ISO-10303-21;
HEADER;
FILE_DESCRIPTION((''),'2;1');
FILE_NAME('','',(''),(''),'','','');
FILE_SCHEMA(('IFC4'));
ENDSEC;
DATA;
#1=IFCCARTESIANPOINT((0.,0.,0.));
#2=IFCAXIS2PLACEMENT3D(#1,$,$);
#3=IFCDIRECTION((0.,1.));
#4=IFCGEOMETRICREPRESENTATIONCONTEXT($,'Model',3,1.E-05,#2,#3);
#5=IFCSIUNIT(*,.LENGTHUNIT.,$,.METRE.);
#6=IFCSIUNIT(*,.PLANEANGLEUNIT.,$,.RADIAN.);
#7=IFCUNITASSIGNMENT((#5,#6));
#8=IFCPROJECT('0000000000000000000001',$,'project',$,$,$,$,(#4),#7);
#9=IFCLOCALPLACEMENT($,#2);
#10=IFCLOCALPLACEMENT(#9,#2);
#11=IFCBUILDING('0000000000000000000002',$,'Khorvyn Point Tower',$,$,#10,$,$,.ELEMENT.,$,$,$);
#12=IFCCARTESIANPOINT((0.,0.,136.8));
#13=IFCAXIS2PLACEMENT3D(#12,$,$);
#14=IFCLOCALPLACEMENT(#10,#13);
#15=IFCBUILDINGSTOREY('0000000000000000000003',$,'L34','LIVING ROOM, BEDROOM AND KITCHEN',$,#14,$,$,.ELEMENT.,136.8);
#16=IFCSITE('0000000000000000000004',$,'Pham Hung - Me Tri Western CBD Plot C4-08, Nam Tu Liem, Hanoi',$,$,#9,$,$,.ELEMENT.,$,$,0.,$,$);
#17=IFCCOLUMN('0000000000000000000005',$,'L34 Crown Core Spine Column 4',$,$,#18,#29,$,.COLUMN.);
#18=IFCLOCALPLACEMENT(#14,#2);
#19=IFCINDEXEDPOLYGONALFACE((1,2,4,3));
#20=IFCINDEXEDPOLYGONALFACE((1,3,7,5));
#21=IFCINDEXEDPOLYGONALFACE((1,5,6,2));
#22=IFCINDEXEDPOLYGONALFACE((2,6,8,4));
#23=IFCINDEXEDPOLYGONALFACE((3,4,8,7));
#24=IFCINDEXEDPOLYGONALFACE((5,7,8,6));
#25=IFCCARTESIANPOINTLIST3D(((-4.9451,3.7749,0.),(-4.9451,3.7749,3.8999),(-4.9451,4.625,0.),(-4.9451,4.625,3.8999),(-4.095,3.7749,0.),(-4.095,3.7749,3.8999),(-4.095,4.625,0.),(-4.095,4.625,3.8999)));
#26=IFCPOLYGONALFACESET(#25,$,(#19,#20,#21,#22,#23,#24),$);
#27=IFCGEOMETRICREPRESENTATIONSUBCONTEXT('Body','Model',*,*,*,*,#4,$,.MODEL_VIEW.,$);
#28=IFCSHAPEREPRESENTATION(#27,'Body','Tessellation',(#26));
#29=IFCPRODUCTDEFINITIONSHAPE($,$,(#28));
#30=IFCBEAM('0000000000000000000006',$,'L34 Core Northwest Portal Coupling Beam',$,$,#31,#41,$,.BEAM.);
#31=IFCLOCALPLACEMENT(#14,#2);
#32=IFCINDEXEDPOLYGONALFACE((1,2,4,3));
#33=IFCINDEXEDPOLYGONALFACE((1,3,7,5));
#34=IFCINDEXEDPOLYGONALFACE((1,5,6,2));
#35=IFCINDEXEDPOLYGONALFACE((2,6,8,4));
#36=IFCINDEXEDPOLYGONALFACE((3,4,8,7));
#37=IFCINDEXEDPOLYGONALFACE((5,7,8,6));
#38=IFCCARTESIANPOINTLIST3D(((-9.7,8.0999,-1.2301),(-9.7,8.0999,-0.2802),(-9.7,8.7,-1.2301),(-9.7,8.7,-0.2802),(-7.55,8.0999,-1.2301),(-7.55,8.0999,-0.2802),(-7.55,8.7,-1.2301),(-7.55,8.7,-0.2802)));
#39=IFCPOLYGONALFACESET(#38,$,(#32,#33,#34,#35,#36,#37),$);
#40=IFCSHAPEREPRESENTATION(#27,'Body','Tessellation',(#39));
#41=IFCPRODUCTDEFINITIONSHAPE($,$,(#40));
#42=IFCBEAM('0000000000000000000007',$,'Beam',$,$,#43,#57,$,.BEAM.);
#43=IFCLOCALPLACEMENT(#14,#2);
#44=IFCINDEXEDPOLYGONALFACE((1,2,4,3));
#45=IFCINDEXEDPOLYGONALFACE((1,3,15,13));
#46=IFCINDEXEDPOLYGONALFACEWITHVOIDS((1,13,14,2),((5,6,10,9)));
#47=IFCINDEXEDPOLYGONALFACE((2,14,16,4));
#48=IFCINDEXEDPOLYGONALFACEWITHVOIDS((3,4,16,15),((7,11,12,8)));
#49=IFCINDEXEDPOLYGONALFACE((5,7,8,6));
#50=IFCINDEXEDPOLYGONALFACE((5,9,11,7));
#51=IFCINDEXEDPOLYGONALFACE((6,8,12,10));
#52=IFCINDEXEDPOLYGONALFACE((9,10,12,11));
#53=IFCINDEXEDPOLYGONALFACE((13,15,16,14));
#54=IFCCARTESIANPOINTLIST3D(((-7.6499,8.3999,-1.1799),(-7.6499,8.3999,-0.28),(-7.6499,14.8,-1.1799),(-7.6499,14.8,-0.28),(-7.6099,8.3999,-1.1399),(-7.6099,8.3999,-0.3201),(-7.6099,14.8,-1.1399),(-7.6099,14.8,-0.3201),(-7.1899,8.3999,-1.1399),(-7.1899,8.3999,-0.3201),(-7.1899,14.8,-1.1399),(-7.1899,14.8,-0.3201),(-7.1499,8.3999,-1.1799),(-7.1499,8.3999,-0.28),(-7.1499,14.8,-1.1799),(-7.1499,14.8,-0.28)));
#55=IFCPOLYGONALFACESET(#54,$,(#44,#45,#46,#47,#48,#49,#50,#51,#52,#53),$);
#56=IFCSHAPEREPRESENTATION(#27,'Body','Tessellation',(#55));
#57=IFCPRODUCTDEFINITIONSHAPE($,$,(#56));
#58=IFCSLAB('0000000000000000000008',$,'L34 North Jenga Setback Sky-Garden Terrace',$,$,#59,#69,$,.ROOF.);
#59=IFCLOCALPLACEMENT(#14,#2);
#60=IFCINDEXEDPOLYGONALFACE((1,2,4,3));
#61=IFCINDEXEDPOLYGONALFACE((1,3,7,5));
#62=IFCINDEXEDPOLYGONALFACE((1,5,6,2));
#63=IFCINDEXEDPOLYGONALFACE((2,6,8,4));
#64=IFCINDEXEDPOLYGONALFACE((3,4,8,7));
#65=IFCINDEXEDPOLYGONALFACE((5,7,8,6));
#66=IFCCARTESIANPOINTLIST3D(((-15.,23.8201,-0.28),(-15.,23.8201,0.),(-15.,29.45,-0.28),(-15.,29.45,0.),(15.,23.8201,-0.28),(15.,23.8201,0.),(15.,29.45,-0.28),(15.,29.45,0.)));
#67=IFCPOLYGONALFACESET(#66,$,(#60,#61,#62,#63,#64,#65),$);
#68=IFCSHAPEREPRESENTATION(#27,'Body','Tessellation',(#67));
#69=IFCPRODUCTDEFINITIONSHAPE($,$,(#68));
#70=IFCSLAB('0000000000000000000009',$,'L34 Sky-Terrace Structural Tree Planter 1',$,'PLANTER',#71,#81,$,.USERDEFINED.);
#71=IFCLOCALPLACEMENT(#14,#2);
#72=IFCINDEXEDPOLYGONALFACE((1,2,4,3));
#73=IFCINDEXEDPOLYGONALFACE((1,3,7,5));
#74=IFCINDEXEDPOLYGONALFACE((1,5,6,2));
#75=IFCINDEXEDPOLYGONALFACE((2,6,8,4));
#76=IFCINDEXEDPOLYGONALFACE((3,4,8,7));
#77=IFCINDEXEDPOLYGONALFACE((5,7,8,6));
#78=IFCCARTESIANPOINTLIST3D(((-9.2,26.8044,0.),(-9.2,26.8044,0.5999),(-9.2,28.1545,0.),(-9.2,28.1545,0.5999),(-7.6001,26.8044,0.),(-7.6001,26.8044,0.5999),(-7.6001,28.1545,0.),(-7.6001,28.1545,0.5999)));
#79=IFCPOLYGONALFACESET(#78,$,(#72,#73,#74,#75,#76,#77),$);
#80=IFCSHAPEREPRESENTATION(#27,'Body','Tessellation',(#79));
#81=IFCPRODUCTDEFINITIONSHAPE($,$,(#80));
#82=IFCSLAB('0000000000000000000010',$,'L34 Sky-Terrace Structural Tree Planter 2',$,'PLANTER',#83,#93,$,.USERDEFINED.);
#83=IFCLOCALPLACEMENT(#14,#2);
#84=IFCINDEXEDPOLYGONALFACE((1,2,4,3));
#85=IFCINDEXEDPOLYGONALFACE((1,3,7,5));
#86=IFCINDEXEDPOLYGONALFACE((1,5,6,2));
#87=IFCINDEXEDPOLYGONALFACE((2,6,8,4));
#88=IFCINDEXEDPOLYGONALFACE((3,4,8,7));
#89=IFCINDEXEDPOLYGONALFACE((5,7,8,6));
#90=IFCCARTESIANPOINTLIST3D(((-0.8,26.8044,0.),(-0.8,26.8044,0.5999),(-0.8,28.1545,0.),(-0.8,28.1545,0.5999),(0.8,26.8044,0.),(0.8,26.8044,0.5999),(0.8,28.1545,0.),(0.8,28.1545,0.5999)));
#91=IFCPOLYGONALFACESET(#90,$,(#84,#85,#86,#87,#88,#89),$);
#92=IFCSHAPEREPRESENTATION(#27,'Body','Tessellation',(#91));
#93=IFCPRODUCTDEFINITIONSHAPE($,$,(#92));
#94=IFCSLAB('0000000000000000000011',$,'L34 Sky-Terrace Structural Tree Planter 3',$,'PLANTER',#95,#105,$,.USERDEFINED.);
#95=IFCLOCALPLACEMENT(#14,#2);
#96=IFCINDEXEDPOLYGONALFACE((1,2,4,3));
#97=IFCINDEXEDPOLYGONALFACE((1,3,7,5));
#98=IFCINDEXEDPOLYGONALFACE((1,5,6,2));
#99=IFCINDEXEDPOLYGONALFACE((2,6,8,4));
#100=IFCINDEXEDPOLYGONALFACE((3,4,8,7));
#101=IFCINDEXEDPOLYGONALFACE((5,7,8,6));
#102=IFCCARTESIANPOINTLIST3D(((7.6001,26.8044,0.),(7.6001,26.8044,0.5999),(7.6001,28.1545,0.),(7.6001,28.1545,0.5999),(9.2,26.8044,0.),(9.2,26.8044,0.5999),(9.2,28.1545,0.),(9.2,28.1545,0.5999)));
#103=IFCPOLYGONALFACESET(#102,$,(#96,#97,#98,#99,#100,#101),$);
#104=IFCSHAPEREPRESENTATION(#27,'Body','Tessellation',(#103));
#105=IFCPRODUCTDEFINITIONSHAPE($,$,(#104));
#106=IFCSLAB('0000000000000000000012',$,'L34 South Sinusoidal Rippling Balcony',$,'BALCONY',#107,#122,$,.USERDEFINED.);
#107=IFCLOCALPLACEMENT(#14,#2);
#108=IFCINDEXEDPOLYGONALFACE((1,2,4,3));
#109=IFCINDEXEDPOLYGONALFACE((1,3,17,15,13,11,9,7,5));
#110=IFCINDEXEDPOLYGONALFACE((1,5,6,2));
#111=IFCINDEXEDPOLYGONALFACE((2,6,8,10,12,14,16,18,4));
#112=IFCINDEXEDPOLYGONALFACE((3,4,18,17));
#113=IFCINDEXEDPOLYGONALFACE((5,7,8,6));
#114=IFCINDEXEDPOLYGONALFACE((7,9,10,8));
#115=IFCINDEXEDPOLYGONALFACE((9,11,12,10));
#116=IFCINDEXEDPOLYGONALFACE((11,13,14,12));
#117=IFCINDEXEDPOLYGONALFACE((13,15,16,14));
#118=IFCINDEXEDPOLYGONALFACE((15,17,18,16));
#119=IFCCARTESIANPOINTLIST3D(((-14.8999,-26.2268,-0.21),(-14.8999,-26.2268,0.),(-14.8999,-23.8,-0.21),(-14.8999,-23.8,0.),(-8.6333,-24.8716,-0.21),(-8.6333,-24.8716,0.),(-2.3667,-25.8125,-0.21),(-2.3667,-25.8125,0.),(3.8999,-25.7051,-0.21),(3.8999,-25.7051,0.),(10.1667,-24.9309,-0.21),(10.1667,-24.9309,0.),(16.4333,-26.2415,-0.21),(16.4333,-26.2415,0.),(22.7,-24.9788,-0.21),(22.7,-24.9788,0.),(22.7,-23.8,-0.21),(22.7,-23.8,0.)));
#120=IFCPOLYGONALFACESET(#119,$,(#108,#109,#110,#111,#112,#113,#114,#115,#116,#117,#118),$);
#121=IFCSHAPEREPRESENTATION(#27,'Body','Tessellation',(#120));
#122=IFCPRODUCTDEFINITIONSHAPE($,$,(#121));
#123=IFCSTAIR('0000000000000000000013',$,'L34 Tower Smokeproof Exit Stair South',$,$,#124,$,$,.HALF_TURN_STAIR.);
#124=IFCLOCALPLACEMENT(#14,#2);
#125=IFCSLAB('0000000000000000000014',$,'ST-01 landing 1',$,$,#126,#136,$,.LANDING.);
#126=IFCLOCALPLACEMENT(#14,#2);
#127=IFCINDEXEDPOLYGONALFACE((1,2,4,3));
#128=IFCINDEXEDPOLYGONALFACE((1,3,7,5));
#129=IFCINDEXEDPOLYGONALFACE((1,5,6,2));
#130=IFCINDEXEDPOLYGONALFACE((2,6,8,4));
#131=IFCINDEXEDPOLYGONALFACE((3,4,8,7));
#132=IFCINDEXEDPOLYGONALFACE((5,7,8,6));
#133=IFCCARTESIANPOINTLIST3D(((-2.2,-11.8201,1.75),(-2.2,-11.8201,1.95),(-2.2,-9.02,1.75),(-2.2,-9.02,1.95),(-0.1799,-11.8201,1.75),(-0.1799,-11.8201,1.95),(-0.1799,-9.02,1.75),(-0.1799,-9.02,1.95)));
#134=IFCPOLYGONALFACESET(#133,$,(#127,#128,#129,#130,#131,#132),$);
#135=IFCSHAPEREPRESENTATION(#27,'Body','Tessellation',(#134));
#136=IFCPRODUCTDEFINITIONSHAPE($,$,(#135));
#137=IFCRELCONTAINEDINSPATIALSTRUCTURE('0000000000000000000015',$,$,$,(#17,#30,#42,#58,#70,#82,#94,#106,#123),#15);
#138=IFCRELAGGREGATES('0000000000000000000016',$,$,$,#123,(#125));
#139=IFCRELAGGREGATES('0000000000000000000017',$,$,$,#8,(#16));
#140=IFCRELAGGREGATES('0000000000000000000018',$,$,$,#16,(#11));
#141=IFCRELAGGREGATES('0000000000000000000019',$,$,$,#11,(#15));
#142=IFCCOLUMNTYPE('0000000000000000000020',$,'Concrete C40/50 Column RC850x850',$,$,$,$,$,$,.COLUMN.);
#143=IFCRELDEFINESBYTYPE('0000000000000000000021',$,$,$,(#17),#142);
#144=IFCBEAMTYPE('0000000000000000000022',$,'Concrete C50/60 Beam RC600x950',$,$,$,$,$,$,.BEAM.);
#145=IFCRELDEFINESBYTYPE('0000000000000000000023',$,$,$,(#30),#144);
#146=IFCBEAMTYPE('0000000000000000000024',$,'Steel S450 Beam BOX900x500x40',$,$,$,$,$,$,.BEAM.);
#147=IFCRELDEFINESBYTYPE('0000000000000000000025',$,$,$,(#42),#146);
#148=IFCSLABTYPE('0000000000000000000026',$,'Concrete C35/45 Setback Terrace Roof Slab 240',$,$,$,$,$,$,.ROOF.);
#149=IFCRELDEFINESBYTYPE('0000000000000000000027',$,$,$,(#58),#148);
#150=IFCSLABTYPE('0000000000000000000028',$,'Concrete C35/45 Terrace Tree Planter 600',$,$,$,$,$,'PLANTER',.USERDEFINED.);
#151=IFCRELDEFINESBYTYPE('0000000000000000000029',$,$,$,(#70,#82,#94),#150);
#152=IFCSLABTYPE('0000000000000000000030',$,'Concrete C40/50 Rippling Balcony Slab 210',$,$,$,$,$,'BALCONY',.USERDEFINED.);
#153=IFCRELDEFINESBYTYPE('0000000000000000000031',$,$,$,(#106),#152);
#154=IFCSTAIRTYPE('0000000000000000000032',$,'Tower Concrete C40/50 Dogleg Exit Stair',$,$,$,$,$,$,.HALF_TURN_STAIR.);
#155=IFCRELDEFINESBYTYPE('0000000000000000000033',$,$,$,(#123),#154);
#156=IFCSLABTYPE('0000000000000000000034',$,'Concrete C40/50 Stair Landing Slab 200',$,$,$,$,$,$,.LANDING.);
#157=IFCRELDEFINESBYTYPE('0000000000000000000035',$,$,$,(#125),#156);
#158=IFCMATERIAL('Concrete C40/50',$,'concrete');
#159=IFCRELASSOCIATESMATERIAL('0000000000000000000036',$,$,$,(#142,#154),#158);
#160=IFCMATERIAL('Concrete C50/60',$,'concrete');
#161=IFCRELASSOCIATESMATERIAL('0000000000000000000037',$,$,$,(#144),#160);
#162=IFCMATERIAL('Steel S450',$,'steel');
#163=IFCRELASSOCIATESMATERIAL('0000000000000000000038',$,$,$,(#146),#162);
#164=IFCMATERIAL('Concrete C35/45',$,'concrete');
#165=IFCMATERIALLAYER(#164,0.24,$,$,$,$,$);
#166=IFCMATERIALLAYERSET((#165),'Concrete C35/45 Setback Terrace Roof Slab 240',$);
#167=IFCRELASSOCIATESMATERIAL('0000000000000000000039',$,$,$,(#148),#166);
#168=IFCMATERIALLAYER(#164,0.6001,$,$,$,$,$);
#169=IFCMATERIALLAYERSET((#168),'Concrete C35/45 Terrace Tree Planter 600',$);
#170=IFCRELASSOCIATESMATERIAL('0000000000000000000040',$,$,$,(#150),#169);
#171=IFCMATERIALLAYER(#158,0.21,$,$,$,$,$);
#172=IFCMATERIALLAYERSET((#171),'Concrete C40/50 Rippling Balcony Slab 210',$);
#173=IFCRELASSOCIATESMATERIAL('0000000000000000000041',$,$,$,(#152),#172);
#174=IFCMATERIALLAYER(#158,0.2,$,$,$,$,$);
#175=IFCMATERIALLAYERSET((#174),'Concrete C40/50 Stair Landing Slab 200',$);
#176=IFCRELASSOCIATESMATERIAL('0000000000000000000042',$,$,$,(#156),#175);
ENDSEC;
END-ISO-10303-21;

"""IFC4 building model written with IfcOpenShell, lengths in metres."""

from ifc_helpers import new_model, si_unit, direction, frame, origin, origin_2d, place, context, subcontext, project, spatial, polyline, rectangle, hollow_rectangle, outline, extrude, material, layer, layer_set, material_profile, profile_set, type_object, element, aggregate, save


model = new_model("IFC4")

# Units and contexts
model_context = context("Model", 3, precision=1e-05, world=origin(), true_north=direction((0.0, 1.0)))
body_context = subcontext(model_context, "Body", "Model", "MODEL_VIEW")
ifc_project = project(units=[si_unit("LENGTHUNIT", "METRE"), si_unit("PLANEANGLEUNIT", "RADIAN")], contexts=[model_context])

# Site, building, storey
site_placement = place(None, origin())
site = spatial("IfcSite", under=ifc_project, at=site_placement, Name="Pham Hung - Me Tri Western CBD Plot C4-08, Nam Tu Liem, Hanoi", CompositionType="ELEMENT", RefElevation=0.0)
building_placement = place(site_placement, origin())
building = spatial("IfcBuilding", under=site, at=building_placement, Name="Khorvyn Point Tower", CompositionType="ELEMENT")
storey_placement = place(building_placement, frame((0.0, 0.0, 136.8)))
storey = spatial("IfcBuildingStorey", under=building, at=storey_placement, Name="L34", Description="LIVING ROOM, BEDROOM AND KITCHEN", CompositionType="ELEMENT", Elevation=136.8)

# Column
ifc_material_1 = material(Name="Concrete C40/50", Category="concrete")
ifc_material_profile_1 = material_profile(ifc_material_1, rectangle(XDim=0.8501, YDim=0.8501, at=origin_2d()))
ifc_profile_set_1 = profile_set([ifc_material_profile_1], Name="Concrete C40/50 RC850x850")
column_type = type_object("IfcColumnType", Name="Concrete C40/50 Column RC850x850", PredefinedType="COLUMN", material=ifc_profile_set_1)
column_placement = place(storey_placement, frame((-4.52, 4.2, 0.0), z_axis=(0.0, 0.0, 1.0), x_axis=(1.0, 0.0, 0.0)))
element("IfcColumn", 1, at=column_placement, inside=storey, type_object=column_type, Name="L34 Crown Core Spine Column 4", PredefinedType="COLUMN", context=body_context, shape_type="SweptSolid", body=[
    extrude(rectangle(XDim=0.8501, YDim=0.8501, at=origin_2d()), origin(), (0.0, 0.0, 1.0), 3.8999),
])

# Beams
ifc_material_2 = material(Name="Concrete C50/60", Category="concrete")
ifc_material_profile_2 = material_profile(ifc_material_2, rectangle(XDim=0.6001, YDim=0.95, at=origin_2d()))
ifc_profile_set_2 = profile_set([ifc_material_profile_2], Name="Concrete C50/60 RC600x950")
beam_type_1 = type_object("IfcBeamType", Name="Concrete C50/60 Beam RC600x950", PredefinedType="BEAM", material=ifc_profile_set_2)
beam_1_placement = place(storey_placement, frame((-9.7, 8.3999, -0.7551), z_axis=(1.0, 0.0, 0.0), x_axis=(0.0, 1.0, 0.0)))
element("IfcBeam", 2, at=beam_1_placement, inside=storey, type_object=beam_type_1, Name="L34 Core Northwest Portal Coupling Beam", PredefinedType="BEAM", context=body_context, shape_type="SweptSolid", body=[
    extrude(rectangle(XDim=0.6001, YDim=0.95, at=origin_2d()), origin(), (0.0, 0.0, 1.0), 2.1499),
])
ifc_material_3 = material(Name="Steel S450", Category="steel")
ifc_material_profile_3 = material_profile(ifc_material_3, hollow_rectangle(XDim=0.5, YDim=0.8999, WallThickness=0.04, at=origin_2d()))
ifc_profile_set_3 = profile_set([ifc_material_profile_3], Name="Steel S450 BOX900x500x40")
beam_type_2 = type_object("IfcBeamType", Name="Steel S450 Beam BOX900x500x40", PredefinedType="BEAM", material=ifc_profile_set_3)
beam_2_placement = place(storey_placement, frame((-7.3999, 8.3999, -0.73), z_axis=(0.0, 1.0, 0.0), x_axis=(-1.0, 0.0, 0.0)))
element("IfcBeam", 3, at=beam_2_placement, inside=storey, type_object=beam_type_2, Name="Beam", PredefinedType="BEAM", context=body_context, shape_type="SweptSolid", body=[
    extrude(hollow_rectangle(XDim=0.5, YDim=0.8999, WallThickness=0.04, at=origin_2d()), origin(), (0.0, 0.0, 1.0), 6.4001),
])

# Slabs
ifc_material_4 = material(Name="Concrete C35/45", Category="concrete")
ifc_layer_1 = layer(ifc_material_4, 0.24)
ifc_layer_set_1 = layer_set([ifc_layer_1], Name="Concrete C35/45 Setback Terrace Roof Slab 240")
slab_type_1 = type_object("IfcSlabType", Name="Concrete C35/45 Setback Terrace Roof Slab 240", PredefinedType="ROOF", material=ifc_layer_set_1)
slab_1_placement = place(storey_placement, frame((0.0, 0.0, -0.28)))
element("IfcSlab", 4, at=slab_1_placement, inside=storey, type_object=slab_type_1, Name="L34 North Jenga Setback Sky-Garden Terrace", PredefinedType="ROOF", context=body_context, shape_type="SweptSolid", body=[
    extrude(outline(polyline([(-15.0, 23.8201), (15.0, 23.8201), (15.0, 29.45), (-15.0, 29.45), (-15.0, 23.8201)])), origin(), (0.0, 0.0, 1.0), 0.28),
])
ifc_layer_2 = layer(ifc_material_4, 0.6001)
ifc_layer_set_2 = layer_set([ifc_layer_2], Name="Concrete C35/45 Terrace Tree Planter 600")
slab_type_2 = type_object("IfcSlabType", Name="Concrete C35/45 Terrace Tree Planter 600", ElementType="PLANTER", PredefinedType="USERDEFINED", material=ifc_layer_set_2)
slab_2_placement = place(storey_placement, origin())
element("IfcSlab", 5, at=slab_2_placement, inside=storey, type_object=slab_type_2, Name="L34 Sky-Terrace Structural Tree Planter 1", ObjectType="PLANTER", PredefinedType="USERDEFINED", context=body_context, shape_type="SweptSolid", body=[
    extrude(outline(polyline([(-9.2, 26.8044), (-7.6001, 26.8044), (-7.6001, 28.1545), (-9.2, 28.1545), (-9.2, 26.8044)])), origin(), (0.0, 0.0, 1.0), 0.5999),
])
slab_3_placement = place(storey_placement, origin())
element("IfcSlab", 6, at=slab_3_placement, inside=storey, type_object=slab_type_2, Name="L34 Sky-Terrace Structural Tree Planter 2", ObjectType="PLANTER", PredefinedType="USERDEFINED", context=body_context, shape_type="SweptSolid", body=[
    extrude(outline(polyline([(-0.8, 26.8044), (0.8, 26.8044), (0.8, 28.1545), (-0.8, 28.1545), (-0.8, 26.8044)])), origin(), (0.0, 0.0, 1.0), 0.5999),
])
slab_4_placement = place(storey_placement, origin())
element("IfcSlab", 7, at=slab_4_placement, inside=storey, type_object=slab_type_2, Name="L34 Sky-Terrace Structural Tree Planter 3", ObjectType="PLANTER", PredefinedType="USERDEFINED", context=body_context, shape_type="SweptSolid", body=[
    extrude(outline(polyline([(7.6001, 26.8044), (9.2, 26.8044), (9.2, 28.1545), (7.6001, 28.1545), (7.6001, 26.8044)])), origin(), (0.0, 0.0, 1.0), 0.5999),
])
ifc_layer_3 = layer(ifc_material_1, 0.21)
ifc_layer_set_3 = layer_set([ifc_layer_3], Name="Concrete C40/50 Rippling Balcony Slab 210")
slab_type_3 = type_object("IfcSlabType", Name="Concrete C40/50 Rippling Balcony Slab 210", ElementType="BALCONY", PredefinedType="USERDEFINED", material=ifc_layer_set_3)
slab_5_placement = place(storey_placement, frame((0.0, 0.0, -0.21)))
element("IfcSlab", 8, at=slab_5_placement, inside=storey, type_object=slab_type_3, Name="L34 South Sinusoidal Rippling Balcony", ObjectType="BALCONY", PredefinedType="USERDEFINED", context=body_context, shape_type="SweptSolid", body=[
    extrude(outline(polyline([(-14.8999, -23.8), (-14.8999, -26.2268), (-8.6333, -24.8716), (-2.3667, -25.8125), (3.8999, -25.7051), (10.1667, -24.9309), (16.4333, -26.2415), (22.7, -24.9788), (22.7, -23.8), (-14.8999, -23.8)])), origin(), (0.0, 0.0, 1.0), 0.21),
])

# Stair, slab
stair_type = type_object("IfcStairType", Name="Tower Concrete C40/50 Dogleg Exit Stair", PredefinedType="HALF_TURN_STAIR", material=ifc_material_1)
stair_placement = place(storey_placement, origin())
stair = element("IfcStair", 9, at=stair_placement, inside=storey, type_object=stair_type, Name="L34 Tower Smokeproof Exit Stair South", PredefinedType="HALF_TURN_STAIR")
ifc_layer_4 = layer(ifc_material_1, 0.2)
ifc_layer_set_4 = layer_set([ifc_layer_4], Name="Concrete C40/50 Stair Landing Slab 200")
slab_type_4 = type_object("IfcSlabType", Name="Concrete C40/50 Stair Landing Slab 200", PredefinedType="LANDING", material=ifc_layer_set_4)
slab_6_placement = place(storey_placement, frame((0.0, 0.0, 1.75)))
slab_6 = element("IfcSlab", 10, at=slab_6_placement, type_object=slab_type_4, Name="ST-01 landing 1", PredefinedType="LANDING", context=body_context, shape_type="SweptSolid", body=[
    extrude(outline(polyline([(-0.1799, -9.02), (-2.2, -9.02), (-2.2, -11.8201), (-0.1799, -11.8201), (-0.1799, -9.02)])), origin(), (0.0, 0.0, 1.0), 0.2),
])
aggregate(stair, [slab_6])

save(model, "model.ifc")
